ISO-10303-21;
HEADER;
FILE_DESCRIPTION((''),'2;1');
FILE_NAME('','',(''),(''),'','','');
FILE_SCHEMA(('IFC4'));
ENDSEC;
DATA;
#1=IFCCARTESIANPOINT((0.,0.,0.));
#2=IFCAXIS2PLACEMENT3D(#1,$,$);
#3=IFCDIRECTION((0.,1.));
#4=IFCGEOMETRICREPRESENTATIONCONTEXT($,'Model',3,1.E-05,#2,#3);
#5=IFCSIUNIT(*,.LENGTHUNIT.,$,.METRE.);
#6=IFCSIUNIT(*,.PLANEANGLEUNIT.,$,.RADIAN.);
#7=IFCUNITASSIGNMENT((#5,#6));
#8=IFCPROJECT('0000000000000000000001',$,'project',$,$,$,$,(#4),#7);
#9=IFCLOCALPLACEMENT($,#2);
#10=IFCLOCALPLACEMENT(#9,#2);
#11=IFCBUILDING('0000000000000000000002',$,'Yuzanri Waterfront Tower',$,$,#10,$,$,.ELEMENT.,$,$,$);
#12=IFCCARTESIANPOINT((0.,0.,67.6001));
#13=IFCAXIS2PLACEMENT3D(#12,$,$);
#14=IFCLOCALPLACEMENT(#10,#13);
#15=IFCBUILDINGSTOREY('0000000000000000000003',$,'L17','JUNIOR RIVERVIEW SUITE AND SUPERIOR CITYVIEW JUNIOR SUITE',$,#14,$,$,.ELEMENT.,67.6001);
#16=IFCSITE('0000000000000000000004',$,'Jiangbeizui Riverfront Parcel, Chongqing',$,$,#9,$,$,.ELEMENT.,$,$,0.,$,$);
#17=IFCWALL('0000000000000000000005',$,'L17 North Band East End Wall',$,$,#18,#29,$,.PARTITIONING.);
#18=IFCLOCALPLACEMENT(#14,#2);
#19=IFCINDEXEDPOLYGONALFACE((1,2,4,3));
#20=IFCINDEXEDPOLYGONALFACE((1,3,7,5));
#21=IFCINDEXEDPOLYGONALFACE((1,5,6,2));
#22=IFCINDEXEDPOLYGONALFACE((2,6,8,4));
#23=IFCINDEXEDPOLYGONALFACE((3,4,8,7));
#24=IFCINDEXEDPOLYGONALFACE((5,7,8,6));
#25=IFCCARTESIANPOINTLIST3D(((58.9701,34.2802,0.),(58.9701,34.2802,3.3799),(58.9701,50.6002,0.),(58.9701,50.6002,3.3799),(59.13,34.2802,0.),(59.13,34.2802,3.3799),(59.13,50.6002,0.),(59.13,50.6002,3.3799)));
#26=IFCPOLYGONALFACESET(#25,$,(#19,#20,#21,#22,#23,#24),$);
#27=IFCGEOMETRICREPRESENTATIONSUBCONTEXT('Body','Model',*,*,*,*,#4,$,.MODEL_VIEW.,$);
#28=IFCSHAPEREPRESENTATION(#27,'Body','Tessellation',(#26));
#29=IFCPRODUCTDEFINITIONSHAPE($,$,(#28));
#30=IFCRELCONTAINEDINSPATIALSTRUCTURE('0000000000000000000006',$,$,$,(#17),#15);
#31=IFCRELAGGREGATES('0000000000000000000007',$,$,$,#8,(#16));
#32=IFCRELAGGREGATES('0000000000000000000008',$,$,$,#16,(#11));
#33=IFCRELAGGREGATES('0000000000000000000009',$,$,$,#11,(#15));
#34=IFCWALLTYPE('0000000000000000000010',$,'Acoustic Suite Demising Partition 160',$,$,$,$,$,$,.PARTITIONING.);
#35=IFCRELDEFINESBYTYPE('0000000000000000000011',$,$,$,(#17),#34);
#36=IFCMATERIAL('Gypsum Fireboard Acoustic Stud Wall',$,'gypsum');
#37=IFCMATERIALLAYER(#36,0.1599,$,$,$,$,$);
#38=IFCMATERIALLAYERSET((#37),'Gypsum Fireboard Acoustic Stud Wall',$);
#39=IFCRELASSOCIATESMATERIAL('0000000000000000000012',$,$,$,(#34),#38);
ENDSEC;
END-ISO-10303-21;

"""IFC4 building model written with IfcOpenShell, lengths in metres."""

from ifc_helpers import new_model, si_unit, direction, frame, frame_2d, origin, place, context, subcontext, project, spatial, rectangle, extrude, source, transform, mapped, material, layer, layer_set, type_object, element, save


model = new_model("IFC4")

# Units and contexts
model_context = context("Model", 3, precision=1e-05, world=origin(), true_north=direction((0.0, 1.0)))
body_context = subcontext(model_context, "Body", "Model", "MODEL_VIEW")
ifc_project = project(units=[si_unit("LENGTHUNIT", "METRE"), si_unit("PLANEANGLEUNIT", "RADIAN")], contexts=[model_context])

# Site, building, storey
site_placement = place(None, origin())
site = spatial("IfcSite", under=ifc_project, at=site_placement, Name="Jiangbeizui Riverfront Parcel, Chongqing", CompositionType="ELEMENT", RefElevation=0.0)
building_placement = place(site_placement, origin())
building = spatial("IfcBuilding", under=site, at=building_placement, Name="Yuzanri Waterfront Tower", CompositionType="ELEMENT")
storey_placement = place(building_placement, frame((0.0, 0.0, 67.6001)))
storey = spatial("IfcBuildingStorey", under=building, at=storey_placement, Name="L17", Description="JUNIOR RIVERVIEW SUITE AND SUPERIOR CITYVIEW JUNIOR SUITE", CompositionType="ELEMENT", Elevation=67.6001)

# Wall
ifc_material_1 = material(Name="Gypsum Fireboard Acoustic Stud Wall", Category="gypsum")
ifc_layer_1 = layer(ifc_material_1, 0.1599)
ifc_layer_set_1 = layer_set([ifc_layer_1], Name="Gypsum Fireboard Acoustic Stud Wall")
wall_type_1 = type_object("IfcWallType", Name="Acoustic Suite Demising Partition 160", PredefinedType="PARTITIONING", material=ifc_layer_set_1)
shared_shape_1 = source(origin(), body_context, "Body", "SweptSolid", [
    extrude(rectangle(XDim=16.3201, YDim=0.1599, at=frame_2d((8.1602, 0.0))), origin(), (0.0, 0.0, 1.0), 3.3799),
])
wall_1_placement = place(storey_placement, frame((59.05, 34.28, 0.0), z_axis=(0.0, 0.0, 1.0), x_axis=(0.0, 1.0, 0.0)))
element("IfcWall", 1, at=wall_1_placement, inside=storey, type_object=wall_type_1, Name="L17 North Band East End Wall", PredefinedType="PARTITIONING", context=body_context, shape_type="MappedRepresentation", body=[
    mapped(shared_shape_1, transform((0.0, 0.0, 0.0), scale=1.0)),
])

save(model, "model.ifc")
